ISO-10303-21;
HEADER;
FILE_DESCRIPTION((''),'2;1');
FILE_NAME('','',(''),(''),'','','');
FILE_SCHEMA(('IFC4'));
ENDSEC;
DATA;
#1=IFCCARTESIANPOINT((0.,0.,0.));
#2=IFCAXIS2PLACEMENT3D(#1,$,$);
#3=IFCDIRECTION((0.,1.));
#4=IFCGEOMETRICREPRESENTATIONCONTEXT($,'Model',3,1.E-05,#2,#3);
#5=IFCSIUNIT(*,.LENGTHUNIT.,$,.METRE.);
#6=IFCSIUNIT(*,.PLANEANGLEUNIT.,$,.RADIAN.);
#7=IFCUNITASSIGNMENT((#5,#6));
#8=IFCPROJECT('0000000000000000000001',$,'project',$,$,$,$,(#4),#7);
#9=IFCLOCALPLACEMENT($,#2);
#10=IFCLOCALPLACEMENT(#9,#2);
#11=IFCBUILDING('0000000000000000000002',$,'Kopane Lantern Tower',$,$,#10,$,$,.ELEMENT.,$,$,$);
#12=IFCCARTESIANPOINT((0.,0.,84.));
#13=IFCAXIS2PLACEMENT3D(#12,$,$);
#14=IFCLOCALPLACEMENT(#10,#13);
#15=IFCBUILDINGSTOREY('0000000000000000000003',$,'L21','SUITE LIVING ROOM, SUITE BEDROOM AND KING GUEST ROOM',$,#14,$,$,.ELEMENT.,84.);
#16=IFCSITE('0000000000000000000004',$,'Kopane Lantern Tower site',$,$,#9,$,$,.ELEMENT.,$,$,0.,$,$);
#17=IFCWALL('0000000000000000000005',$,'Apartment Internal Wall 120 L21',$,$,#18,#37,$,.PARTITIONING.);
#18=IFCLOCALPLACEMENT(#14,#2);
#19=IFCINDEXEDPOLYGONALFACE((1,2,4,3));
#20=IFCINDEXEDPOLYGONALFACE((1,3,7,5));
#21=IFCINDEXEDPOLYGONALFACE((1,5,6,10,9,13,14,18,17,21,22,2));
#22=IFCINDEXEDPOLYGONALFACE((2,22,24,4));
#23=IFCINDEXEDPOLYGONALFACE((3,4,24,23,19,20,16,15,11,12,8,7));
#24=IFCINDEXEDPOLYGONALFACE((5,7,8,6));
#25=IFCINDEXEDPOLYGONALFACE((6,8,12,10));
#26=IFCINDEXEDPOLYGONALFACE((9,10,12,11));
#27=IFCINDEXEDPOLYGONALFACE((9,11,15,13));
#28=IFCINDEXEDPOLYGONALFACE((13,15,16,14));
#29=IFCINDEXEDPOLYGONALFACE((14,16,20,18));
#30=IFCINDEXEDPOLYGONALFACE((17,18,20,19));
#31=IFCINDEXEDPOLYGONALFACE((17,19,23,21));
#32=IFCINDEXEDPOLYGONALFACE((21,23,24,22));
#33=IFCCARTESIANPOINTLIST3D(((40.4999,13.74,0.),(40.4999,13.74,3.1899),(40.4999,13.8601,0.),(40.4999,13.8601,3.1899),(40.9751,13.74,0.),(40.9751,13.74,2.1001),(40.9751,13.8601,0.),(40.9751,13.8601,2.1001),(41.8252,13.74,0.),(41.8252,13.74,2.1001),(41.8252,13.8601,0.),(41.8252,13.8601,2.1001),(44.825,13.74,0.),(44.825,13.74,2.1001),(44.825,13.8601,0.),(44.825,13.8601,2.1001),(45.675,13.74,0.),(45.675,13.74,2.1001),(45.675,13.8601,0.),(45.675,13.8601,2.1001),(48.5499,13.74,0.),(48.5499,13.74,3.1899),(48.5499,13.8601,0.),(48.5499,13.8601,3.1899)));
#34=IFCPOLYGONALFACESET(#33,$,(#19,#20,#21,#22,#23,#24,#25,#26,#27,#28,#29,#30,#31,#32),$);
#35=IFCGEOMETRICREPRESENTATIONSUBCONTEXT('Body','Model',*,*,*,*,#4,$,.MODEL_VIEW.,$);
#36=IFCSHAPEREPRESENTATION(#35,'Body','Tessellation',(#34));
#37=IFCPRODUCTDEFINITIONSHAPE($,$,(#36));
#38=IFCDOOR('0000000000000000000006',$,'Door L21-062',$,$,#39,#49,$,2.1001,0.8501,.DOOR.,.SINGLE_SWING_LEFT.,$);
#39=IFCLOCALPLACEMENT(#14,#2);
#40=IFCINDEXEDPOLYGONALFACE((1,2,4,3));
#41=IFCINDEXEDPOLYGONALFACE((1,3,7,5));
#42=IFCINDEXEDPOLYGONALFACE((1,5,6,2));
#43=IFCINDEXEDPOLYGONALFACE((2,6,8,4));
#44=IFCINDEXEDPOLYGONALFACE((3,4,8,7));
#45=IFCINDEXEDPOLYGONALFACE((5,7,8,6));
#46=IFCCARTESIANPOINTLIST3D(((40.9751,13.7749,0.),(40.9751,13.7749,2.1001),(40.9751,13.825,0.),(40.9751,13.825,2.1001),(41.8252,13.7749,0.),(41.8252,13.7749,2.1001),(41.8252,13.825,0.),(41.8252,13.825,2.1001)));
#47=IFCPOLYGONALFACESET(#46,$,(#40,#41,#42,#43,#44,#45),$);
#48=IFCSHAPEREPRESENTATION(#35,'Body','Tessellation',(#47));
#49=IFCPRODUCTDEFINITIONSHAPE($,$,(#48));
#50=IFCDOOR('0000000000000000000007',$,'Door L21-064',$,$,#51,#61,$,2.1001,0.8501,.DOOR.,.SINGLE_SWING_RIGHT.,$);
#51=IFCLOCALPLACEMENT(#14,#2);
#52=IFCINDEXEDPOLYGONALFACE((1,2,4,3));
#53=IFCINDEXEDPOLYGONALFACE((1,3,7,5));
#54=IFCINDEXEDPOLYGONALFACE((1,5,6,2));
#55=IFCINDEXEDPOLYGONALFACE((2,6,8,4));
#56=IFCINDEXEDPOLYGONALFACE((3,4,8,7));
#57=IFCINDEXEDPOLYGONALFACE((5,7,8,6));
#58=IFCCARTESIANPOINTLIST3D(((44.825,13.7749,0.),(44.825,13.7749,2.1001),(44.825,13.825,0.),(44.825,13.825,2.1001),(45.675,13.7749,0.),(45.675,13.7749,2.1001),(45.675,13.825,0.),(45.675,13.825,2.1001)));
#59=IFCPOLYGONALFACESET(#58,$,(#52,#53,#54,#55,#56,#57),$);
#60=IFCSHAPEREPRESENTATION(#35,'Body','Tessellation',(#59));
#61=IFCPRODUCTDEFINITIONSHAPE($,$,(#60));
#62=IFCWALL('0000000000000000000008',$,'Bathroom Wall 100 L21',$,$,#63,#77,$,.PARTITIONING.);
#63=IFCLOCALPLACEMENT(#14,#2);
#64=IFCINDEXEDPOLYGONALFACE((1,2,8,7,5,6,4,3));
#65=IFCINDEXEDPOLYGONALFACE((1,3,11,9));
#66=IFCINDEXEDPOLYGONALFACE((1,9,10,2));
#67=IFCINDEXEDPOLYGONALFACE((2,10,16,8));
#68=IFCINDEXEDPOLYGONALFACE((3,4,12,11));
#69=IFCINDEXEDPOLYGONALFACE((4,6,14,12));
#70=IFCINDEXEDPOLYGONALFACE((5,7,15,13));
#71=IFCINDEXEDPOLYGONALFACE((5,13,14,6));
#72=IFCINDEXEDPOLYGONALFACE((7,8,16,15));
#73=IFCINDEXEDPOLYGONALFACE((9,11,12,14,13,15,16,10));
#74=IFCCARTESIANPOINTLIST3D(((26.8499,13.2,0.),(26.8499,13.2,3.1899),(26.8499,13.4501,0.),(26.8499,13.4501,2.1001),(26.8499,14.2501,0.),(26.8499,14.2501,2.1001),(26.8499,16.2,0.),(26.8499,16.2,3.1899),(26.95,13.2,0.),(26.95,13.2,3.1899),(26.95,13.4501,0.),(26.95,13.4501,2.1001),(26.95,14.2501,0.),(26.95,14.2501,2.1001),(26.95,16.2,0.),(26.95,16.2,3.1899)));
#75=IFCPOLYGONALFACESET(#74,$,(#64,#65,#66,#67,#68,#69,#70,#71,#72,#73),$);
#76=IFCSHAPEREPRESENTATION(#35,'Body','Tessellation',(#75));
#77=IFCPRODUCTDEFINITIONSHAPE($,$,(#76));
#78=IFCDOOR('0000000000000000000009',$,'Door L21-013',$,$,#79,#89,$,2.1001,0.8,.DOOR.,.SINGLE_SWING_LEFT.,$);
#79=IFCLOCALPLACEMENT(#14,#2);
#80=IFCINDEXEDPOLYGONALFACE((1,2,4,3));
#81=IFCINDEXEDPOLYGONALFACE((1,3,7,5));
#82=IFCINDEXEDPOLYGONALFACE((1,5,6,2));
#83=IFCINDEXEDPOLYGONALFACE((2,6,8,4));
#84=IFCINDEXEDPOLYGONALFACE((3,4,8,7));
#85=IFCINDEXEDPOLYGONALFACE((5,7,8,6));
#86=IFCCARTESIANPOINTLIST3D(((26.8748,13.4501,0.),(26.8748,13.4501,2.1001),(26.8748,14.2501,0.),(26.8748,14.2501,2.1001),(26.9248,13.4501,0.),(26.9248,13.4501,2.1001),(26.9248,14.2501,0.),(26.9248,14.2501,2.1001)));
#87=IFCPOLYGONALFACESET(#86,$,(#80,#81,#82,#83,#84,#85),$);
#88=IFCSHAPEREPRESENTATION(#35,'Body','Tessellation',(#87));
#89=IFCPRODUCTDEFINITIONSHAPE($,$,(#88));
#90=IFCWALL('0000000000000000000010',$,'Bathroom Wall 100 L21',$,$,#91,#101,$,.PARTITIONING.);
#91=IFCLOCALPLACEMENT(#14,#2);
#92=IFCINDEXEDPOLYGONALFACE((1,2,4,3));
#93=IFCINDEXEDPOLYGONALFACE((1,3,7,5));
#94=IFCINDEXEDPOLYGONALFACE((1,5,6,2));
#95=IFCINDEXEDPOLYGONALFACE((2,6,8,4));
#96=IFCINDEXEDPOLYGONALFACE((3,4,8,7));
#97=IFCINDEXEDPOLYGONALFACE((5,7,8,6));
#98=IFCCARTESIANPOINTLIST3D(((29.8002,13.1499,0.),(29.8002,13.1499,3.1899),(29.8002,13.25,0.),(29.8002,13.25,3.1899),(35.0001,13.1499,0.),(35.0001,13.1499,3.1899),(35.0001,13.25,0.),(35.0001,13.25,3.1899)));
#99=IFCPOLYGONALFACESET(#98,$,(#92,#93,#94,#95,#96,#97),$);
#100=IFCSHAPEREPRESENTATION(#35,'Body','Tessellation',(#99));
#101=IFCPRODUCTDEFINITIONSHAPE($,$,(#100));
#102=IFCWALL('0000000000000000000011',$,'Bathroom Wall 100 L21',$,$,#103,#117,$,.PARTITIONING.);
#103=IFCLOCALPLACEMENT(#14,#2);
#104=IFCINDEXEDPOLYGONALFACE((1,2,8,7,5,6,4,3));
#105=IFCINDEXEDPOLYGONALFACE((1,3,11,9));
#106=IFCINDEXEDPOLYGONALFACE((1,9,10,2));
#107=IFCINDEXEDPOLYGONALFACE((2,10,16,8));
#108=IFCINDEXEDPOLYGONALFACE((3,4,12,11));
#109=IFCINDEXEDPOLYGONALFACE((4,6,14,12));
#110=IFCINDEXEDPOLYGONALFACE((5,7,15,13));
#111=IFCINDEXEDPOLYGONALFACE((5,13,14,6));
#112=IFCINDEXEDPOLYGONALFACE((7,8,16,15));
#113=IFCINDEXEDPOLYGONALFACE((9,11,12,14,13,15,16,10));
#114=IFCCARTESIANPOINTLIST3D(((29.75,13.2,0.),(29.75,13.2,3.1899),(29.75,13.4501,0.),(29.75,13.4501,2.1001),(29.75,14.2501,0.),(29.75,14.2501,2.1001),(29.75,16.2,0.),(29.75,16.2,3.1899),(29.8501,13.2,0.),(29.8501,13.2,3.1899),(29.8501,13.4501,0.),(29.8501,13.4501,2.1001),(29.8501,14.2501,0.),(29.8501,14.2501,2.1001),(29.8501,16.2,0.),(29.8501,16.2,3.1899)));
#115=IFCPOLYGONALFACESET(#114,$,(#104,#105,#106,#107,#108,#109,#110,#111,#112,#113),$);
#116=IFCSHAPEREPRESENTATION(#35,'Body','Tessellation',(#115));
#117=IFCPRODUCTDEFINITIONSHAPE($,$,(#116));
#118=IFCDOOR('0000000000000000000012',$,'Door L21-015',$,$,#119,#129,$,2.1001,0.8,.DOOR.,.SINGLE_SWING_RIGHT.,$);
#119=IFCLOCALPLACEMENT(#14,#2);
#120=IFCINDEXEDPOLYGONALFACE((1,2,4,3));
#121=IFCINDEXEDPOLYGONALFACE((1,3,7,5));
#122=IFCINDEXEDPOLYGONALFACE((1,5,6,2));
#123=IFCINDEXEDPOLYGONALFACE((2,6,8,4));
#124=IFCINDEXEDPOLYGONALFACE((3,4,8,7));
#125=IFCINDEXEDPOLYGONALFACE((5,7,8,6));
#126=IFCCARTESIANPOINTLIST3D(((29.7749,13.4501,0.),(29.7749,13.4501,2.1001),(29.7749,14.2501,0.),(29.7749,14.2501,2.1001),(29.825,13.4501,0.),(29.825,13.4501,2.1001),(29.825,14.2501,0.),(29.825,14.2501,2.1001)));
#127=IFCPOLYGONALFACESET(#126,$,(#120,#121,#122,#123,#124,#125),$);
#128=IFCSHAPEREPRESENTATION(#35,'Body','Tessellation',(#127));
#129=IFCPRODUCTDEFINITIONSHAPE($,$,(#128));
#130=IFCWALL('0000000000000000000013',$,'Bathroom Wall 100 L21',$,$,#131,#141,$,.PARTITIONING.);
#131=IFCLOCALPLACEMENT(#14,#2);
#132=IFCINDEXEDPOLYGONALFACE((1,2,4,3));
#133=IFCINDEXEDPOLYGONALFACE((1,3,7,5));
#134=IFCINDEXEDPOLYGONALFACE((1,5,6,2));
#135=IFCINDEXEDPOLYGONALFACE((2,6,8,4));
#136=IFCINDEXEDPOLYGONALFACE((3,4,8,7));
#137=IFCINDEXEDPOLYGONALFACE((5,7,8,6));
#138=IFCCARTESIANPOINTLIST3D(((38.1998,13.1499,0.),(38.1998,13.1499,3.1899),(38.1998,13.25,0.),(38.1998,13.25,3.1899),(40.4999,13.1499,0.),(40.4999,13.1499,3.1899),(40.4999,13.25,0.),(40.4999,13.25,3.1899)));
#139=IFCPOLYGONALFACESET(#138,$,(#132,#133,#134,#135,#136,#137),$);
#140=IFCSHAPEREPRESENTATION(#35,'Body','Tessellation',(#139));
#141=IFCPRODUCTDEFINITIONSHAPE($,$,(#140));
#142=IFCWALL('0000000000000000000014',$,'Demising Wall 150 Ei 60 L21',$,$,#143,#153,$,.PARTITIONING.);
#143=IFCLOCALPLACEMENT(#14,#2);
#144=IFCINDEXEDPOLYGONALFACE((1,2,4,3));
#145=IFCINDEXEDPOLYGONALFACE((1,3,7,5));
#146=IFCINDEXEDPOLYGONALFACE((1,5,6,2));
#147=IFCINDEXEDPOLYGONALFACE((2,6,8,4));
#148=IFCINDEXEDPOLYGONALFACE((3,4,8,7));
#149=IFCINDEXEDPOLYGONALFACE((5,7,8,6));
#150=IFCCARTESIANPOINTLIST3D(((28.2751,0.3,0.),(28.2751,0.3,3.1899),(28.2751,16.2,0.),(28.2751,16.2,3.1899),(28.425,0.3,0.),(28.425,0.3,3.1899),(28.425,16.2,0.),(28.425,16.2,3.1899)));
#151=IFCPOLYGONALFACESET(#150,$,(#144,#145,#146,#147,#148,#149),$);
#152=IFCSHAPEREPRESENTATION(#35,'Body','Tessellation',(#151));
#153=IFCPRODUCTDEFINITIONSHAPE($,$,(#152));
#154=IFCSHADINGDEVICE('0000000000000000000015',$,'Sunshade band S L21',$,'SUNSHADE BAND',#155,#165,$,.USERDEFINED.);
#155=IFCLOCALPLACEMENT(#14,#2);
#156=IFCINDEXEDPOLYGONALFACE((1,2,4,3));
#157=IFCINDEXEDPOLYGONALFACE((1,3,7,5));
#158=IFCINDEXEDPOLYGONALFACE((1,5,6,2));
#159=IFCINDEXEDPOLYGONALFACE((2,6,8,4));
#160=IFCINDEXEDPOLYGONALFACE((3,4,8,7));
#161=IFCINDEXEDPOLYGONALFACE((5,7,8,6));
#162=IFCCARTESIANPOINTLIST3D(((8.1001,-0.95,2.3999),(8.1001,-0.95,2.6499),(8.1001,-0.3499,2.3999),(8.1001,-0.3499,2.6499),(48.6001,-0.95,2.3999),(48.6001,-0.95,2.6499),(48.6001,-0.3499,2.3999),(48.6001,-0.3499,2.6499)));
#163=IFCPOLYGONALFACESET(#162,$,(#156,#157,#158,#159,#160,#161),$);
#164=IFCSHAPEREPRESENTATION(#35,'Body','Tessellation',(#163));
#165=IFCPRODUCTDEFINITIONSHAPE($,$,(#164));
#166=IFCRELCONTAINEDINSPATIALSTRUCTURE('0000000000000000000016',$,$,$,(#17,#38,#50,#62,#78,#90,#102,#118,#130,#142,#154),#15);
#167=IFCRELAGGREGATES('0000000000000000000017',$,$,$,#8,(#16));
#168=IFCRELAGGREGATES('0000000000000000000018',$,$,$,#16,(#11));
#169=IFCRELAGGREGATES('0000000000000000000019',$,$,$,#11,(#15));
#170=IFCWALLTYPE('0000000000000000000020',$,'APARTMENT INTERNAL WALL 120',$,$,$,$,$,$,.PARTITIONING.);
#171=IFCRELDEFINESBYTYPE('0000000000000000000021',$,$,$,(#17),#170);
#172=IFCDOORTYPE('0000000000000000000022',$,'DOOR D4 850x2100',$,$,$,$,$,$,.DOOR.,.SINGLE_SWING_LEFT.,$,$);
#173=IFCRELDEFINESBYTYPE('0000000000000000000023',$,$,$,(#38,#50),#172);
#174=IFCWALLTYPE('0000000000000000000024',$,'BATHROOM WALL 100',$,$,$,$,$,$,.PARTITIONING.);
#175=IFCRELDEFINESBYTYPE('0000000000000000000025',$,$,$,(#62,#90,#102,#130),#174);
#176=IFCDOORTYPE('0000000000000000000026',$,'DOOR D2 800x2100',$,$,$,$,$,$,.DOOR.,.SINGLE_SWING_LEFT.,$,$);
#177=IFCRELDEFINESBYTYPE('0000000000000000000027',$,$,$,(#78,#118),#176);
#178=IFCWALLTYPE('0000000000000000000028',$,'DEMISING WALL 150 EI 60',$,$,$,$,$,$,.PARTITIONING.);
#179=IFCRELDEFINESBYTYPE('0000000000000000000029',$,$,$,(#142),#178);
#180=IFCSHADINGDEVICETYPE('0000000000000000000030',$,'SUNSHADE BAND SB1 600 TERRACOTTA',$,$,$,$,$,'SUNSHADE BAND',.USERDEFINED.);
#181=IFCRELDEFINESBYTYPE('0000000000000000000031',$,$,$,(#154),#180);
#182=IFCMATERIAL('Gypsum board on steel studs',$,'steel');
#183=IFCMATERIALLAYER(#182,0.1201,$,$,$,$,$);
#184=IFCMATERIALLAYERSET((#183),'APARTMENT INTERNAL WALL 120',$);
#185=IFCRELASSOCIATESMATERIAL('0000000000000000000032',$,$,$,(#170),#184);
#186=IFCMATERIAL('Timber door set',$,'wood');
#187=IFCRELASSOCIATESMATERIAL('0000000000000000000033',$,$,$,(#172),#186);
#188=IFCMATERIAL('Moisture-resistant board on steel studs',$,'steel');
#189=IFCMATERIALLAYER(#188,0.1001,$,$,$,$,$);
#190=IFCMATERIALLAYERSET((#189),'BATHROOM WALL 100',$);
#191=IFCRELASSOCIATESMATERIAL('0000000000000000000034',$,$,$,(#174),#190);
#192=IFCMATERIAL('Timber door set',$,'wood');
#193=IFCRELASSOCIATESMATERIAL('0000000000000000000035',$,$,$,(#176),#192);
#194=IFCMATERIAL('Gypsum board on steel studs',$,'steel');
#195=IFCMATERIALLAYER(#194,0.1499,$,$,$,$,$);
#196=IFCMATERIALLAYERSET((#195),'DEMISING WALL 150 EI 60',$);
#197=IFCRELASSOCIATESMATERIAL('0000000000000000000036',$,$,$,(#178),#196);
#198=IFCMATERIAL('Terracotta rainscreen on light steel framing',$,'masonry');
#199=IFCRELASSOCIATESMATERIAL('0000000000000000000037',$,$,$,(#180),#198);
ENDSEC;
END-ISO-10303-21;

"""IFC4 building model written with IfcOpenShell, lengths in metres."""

from ifc_helpers import new_model, si_unit, direction, frame, frame_2d, origin, origin_2d, place, context, subcontext, project, spatial, rectangle, extrude, material, layer, layer_set, type_object, element, fill, save


model = new_model("IFC4")

# Units and contexts
model_context = context("Model", 3, precision=1e-05, world=origin(), true_north=direction((0.0, 1.0)))
body_context = subcontext(model_context, "Body", "Model", "MODEL_VIEW")
ifc_project = project(units=[si_unit("LENGTHUNIT", "METRE"), si_unit("PLANEANGLEUNIT", "RADIAN")], contexts=[model_context])

# Site, building, storey
site_placement = place(None, origin())
site = spatial("IfcSite", under=ifc_project, at=site_placement, Name="Kopane Lantern Tower site", CompositionType="ELEMENT", RefElevation=0.0)
building_placement = place(site_placement, origin())
building = spatial("IfcBuilding", under=site, at=building_placement, Name="Kopane Lantern Tower", CompositionType="ELEMENT")
storey_placement = place(building_placement, frame((0.0, 0.0, 84.0)))
storey = spatial("IfcBuildingStorey", under=building, at=storey_placement, Name="L21", Description="SUITE LIVING ROOM, SUITE BEDROOM AND KING GUEST ROOM", CompositionType="ELEMENT", Elevation=84.0)

# Wall, openings, doors
ifc_material_1 = material(Name="Gypsum board on steel studs", Category="steel")
ifc_layer_1 = layer(ifc_material_1, 0.1201)
ifc_layer_set_1 = layer_set([ifc_layer_1], Name="APARTMENT INTERNAL WALL 120")
wall_type_1 = type_object("IfcWallType", Name="APARTMENT INTERNAL WALL 120", PredefinedType="PARTITIONING", material=ifc_layer_set_1)
wall_1_placement = place(storey_placement, frame((40.5, 13.8, 0.0), z_axis=(0.0, 0.0, 1.0), x_axis=(1.0, 0.0, 0.0)))
wall_1 = element("IfcWall", 1, at=wall_1_placement, inside=storey, type_object=wall_type_1, Name="Apartment Internal Wall 120 L21", PredefinedType="PARTITIONING", context=body_context, shape_type="SweptSolid", body=[
    extrude(rectangle(XDim=8.05, YDim=0.1201, at=frame_2d((4.0249, 0.0))), origin(), (0.0, 0.0, 1.0), 3.1899),
])
opening_1_placement = place(wall_1_placement, frame((0.4751, 0.0, 0.0)))
opening_1 = element("IfcOpeningElement", 2, at=opening_1_placement, cuts=wall_1, PredefinedType="OPENING", context=body_context, shape_type="SweptSolid", body=[
    extrude(rectangle(XDim=0.8501, YDim=2.1001, at=frame_2d((0.425, 1.05))), frame((0.0, 0.0701, 0.0), z_axis=(0.0, -1.0, 0.0), x_axis=(1.0, 0.0, 0.0)), (0.0, 0.0, 1.0), 0.1401),
])
opening_2_placement = place(wall_1_placement, frame((4.325, 0.0, 0.0)))
opening_2 = element("IfcOpeningElement", 3, at=opening_2_placement, cuts=wall_1, PredefinedType="OPENING", context=body_context, shape_type="SweptSolid", body=[
    extrude(rectangle(XDim=0.8501, YDim=2.1001, at=frame_2d((0.425, 1.05))), frame((0.0, 0.0701, 0.0), z_axis=(0.0, -1.0, 0.0), x_axis=(1.0, 0.0, 0.0)), (0.0, 0.0, 1.0), 0.1401),
])
ifc_material_2 = material(Name="Timber door set", Category="wood")
door_type_1 = type_object("IfcDoorType", Name="DOOR D4 850x2100", OperationType="SINGLE_SWING_LEFT", PredefinedType="DOOR", material=ifc_material_2)
door_1_placement = place(opening_1_placement, origin())
door_1 = element("IfcDoor", 4, at=door_1_placement, inside=storey, type_object=door_type_1, Name="Door L21-062", OperationType="SINGLE_SWING_LEFT", OverallHeight=2.1001, OverallWidth=0.8501, PredefinedType="DOOR", context=body_context, shape_type="SweptSolid", body=[
    extrude(rectangle(XDim=0.8501, YDim=2.1001, at=frame_2d((0.425, 1.05))), frame((0.0, 0.0249, 0.0), z_axis=(0.0, -1.0, 0.0), x_axis=(1.0, 0.0, 0.0)), (0.0, 0.0, 1.0), 0.05),
])
fill(opening_1, door_1)
door_2_placement = place(opening_2_placement, origin())
door_2 = element("IfcDoor", 5, at=door_2_placement, inside=storey, type_object=door_type_1, Name="Door L21-064", OperationType="SINGLE_SWING_RIGHT", OverallHeight=2.1001, OverallWidth=0.8501, PredefinedType="DOOR", context=body_context, shape_type="SweptSolid", body=[
    extrude(rectangle(XDim=0.8501, YDim=2.1001, at=frame_2d((0.425, 1.05))), frame((0.0, 0.0249, 0.0), z_axis=(0.0, -1.0, 0.0), x_axis=(1.0, 0.0, 0.0)), (0.0, 0.0, 1.0), 0.05),
])
fill(opening_2, door_2)

# Wall, opening, door
ifc_material_3 = material(Name="Moisture-resistant board on steel studs", Category="steel")
ifc_layer_2 = layer(ifc_material_3, 0.1001)
ifc_layer_set_2 = layer_set([ifc_layer_2], Name="BATHROOM WALL 100")
wall_type_2 = type_object("IfcWallType", Name="BATHROOM WALL 100", PredefinedType="PARTITIONING", material=ifc_layer_set_2)
wall_2_placement = place(storey_placement, frame((26.8999, 16.2, 0.0), z_axis=(0.0, 0.0, 1.0), x_axis=(0.0, -1.0, 0.0)))
wall_2 = element("IfcWall", 6, at=wall_2_placement, inside=storey, type_object=wall_type_2, Name="Bathroom Wall 100 L21", PredefinedType="PARTITIONING", context=body_context, shape_type="SweptSolid", body=[
    extrude(rectangle(XDim=3.0, YDim=0.1001, at=frame_2d((1.5, 0.0))), origin(), (0.0, 0.0, 1.0), 3.1899),
])
opening_3_placement = place(wall_2_placement, frame((1.95, 0.0, 0.0)))
opening_3 = element("IfcOpeningElement", 7, at=opening_3_placement, cuts=wall_2, PredefinedType="OPENING", context=body_context, shape_type="SweptSolid", body=[
    extrude(rectangle(XDim=0.8, YDim=2.1001, at=frame_2d((0.3999, 1.05))), frame((0.0, 0.0601, 0.0), z_axis=(0.0, -1.0, 0.0), x_axis=(1.0, 0.0, 0.0)), (0.0, 0.0, 1.0), 0.1201),
])
ifc_material_4 = material(Name="Timber door set", Category="wood")
door_type_2 = type_object("IfcDoorType", Name="DOOR D2 800x2100", OperationType="SINGLE_SWING_LEFT", PredefinedType="DOOR", material=ifc_material_4)
door_3_placement = place(opening_3_placement, origin())
door_3 = element("IfcDoor", 8, at=door_3_placement, inside=storey, type_object=door_type_2, Name="Door L21-013", OperationType="SINGLE_SWING_LEFT", OverallHeight=2.1001, OverallWidth=0.8, PredefinedType="DOOR", context=body_context, shape_type="SweptSolid", body=[
    extrude(rectangle(XDim=0.8, YDim=2.1001, at=frame_2d((0.3999, 1.05))), frame((0.0, 0.0249, 0.0), z_axis=(0.0, -1.0, 0.0), x_axis=(1.0, 0.0, 0.0)), (0.0, 0.0, 1.0), 0.05),
])
fill(opening_3, door_3)

# Wall
wall_3_placement = place(storey_placement, frame((29.8, 13.2, 0.0), z_axis=(0.0, 0.0, 1.0), x_axis=(1.0, 0.0, 0.0)))
element("IfcWall", 9, at=wall_3_placement, inside=storey, type_object=wall_type_2, Name="Bathroom Wall 100 L21", PredefinedType="PARTITIONING", context=body_context, shape_type="SweptSolid", body=[
    extrude(rectangle(XDim=5.2, YDim=0.1001, at=frame_2d((2.6001, 0.0))), origin(), (0.0, 0.0, 1.0), 3.1899),
])

# Wall, opening, door
wall_4_placement = place(storey_placement, frame((29.8, 16.2, 0.0), z_axis=(0.0, 0.0, 1.0), x_axis=(0.0, -1.0, 0.0)))
wall_4 = element("IfcWall", 10, at=wall_4_placement, inside=storey, type_object=wall_type_2, Name="Bathroom Wall 100 L21", PredefinedType="PARTITIONING", context=body_context, shape_type="SweptSolid", body=[
    extrude(rectangle(XDim=3.0, YDim=0.1001, at=frame_2d((1.5, 0.0))), origin(), (0.0, 0.0, 1.0), 3.1899),
])
opening_4_placement = place(wall_4_placement, frame((1.95, 0.0, 0.0)))
opening_4 = element("IfcOpeningElement", 11, at=opening_4_placement, cuts=wall_4, PredefinedType="OPENING", context=body_context, shape_type="SweptSolid", body=[
    extrude(rectangle(XDim=0.8, YDim=2.1001, at=frame_2d((0.3999, 1.05))), frame((0.0, 0.0601, 0.0), z_axis=(0.0, -1.0, 0.0), x_axis=(1.0, 0.0, 0.0)), (0.0, 0.0, 1.0), 0.1201),
])
door_4_placement = place(opening_4_placement, origin())
door_4 = element("IfcDoor", 12, at=door_4_placement, inside=storey, type_object=door_type_2, Name="Door L21-015", OperationType="SINGLE_SWING_RIGHT", OverallHeight=2.1001, OverallWidth=0.8, PredefinedType="DOOR", context=body_context, shape_type="SweptSolid", body=[
    extrude(rectangle(XDim=0.8, YDim=2.1001, at=frame_2d((0.3999, 1.05))), frame((0.0, 0.0249, 0.0), z_axis=(0.0, -1.0, 0.0), x_axis=(1.0, 0.0, 0.0)), (0.0, 0.0, 1.0), 0.05),
])
fill(opening_4, door_4)

# Walls
wall_5_placement = place(storey_placement, frame((38.2, 13.2, 0.0), z_axis=(0.0, 0.0, 1.0), x_axis=(1.0, 0.0, 0.0)))
element("IfcWall", 13, at=wall_5_placement, inside=storey, type_object=wall_type_2, Name="Bathroom Wall 100 L21", PredefinedType="PARTITIONING", context=body_context, shape_type="SweptSolid", body=[
    extrude(rectangle(XDim=2.3, YDim=0.1001, at=frame_2d((1.1499, 0.0))), origin(), (0.0, 0.0, 1.0), 3.1899),
])
ifc_material_5 = material(Name="Gypsum board on steel studs", Category="steel")
ifc_layer_3 = layer(ifc_material_5, 0.1499)
ifc_layer_set_3 = layer_set([ifc_layer_3], Name="DEMISING WALL 150 EI 60")
wall_type_3 = type_object("IfcWallType", Name="DEMISING WALL 150 EI 60", PredefinedType="PARTITIONING", material=ifc_layer_set_3)
wall_6_placement = place(storey_placement, frame((28.3501, 16.2, 0.0), z_axis=(0.0, 0.0, 1.0), x_axis=(0.0, -1.0, 0.0)))
element("IfcWall", 14, at=wall_6_placement, inside=storey, type_object=wall_type_3, Name="Demising Wall 150 Ei 60 L21", PredefinedType="PARTITIONING", context=body_context, shape_type="SweptSolid", body=[
    extrude(rectangle(XDim=15.8999, YDim=0.1499, at=frame_2d((7.95, 0.0))), origin(), (0.0, 0.0, 1.0), 3.1899),
])

# Shading device
ifc_material_6 = material(Name="Terracotta rainscreen on light steel framing", Category="masonry")
shading_device_type = type_object("IfcShadingDeviceType", Name="SUNSHADE BAND SB1 600 TERRACOTTA", ElementType="SUNSHADE BAND", PredefinedType="USERDEFINED", material=ifc_material_6)
shading_device_placement = place(storey_placement, frame((28.3501, -0.6499, 2.3999), z_axis=(0.0, 0.0, 1.0), x_axis=(1.0, 0.0, 0.0)))
element("IfcShadingDevice", 15, at=shading_device_placement, inside=storey, type_object=shading_device_type, Name="Sunshade band S L21", ObjectType="SUNSHADE BAND", PredefinedType="USERDEFINED", context=body_context, shape_type="SweptSolid", body=[
    extrude(rectangle(XDim=40.5, YDim=0.6001, at=origin_2d()), origin(), (0.0, 0.0, 1.0), 0.25),
])

save(model, "model.ifc")
